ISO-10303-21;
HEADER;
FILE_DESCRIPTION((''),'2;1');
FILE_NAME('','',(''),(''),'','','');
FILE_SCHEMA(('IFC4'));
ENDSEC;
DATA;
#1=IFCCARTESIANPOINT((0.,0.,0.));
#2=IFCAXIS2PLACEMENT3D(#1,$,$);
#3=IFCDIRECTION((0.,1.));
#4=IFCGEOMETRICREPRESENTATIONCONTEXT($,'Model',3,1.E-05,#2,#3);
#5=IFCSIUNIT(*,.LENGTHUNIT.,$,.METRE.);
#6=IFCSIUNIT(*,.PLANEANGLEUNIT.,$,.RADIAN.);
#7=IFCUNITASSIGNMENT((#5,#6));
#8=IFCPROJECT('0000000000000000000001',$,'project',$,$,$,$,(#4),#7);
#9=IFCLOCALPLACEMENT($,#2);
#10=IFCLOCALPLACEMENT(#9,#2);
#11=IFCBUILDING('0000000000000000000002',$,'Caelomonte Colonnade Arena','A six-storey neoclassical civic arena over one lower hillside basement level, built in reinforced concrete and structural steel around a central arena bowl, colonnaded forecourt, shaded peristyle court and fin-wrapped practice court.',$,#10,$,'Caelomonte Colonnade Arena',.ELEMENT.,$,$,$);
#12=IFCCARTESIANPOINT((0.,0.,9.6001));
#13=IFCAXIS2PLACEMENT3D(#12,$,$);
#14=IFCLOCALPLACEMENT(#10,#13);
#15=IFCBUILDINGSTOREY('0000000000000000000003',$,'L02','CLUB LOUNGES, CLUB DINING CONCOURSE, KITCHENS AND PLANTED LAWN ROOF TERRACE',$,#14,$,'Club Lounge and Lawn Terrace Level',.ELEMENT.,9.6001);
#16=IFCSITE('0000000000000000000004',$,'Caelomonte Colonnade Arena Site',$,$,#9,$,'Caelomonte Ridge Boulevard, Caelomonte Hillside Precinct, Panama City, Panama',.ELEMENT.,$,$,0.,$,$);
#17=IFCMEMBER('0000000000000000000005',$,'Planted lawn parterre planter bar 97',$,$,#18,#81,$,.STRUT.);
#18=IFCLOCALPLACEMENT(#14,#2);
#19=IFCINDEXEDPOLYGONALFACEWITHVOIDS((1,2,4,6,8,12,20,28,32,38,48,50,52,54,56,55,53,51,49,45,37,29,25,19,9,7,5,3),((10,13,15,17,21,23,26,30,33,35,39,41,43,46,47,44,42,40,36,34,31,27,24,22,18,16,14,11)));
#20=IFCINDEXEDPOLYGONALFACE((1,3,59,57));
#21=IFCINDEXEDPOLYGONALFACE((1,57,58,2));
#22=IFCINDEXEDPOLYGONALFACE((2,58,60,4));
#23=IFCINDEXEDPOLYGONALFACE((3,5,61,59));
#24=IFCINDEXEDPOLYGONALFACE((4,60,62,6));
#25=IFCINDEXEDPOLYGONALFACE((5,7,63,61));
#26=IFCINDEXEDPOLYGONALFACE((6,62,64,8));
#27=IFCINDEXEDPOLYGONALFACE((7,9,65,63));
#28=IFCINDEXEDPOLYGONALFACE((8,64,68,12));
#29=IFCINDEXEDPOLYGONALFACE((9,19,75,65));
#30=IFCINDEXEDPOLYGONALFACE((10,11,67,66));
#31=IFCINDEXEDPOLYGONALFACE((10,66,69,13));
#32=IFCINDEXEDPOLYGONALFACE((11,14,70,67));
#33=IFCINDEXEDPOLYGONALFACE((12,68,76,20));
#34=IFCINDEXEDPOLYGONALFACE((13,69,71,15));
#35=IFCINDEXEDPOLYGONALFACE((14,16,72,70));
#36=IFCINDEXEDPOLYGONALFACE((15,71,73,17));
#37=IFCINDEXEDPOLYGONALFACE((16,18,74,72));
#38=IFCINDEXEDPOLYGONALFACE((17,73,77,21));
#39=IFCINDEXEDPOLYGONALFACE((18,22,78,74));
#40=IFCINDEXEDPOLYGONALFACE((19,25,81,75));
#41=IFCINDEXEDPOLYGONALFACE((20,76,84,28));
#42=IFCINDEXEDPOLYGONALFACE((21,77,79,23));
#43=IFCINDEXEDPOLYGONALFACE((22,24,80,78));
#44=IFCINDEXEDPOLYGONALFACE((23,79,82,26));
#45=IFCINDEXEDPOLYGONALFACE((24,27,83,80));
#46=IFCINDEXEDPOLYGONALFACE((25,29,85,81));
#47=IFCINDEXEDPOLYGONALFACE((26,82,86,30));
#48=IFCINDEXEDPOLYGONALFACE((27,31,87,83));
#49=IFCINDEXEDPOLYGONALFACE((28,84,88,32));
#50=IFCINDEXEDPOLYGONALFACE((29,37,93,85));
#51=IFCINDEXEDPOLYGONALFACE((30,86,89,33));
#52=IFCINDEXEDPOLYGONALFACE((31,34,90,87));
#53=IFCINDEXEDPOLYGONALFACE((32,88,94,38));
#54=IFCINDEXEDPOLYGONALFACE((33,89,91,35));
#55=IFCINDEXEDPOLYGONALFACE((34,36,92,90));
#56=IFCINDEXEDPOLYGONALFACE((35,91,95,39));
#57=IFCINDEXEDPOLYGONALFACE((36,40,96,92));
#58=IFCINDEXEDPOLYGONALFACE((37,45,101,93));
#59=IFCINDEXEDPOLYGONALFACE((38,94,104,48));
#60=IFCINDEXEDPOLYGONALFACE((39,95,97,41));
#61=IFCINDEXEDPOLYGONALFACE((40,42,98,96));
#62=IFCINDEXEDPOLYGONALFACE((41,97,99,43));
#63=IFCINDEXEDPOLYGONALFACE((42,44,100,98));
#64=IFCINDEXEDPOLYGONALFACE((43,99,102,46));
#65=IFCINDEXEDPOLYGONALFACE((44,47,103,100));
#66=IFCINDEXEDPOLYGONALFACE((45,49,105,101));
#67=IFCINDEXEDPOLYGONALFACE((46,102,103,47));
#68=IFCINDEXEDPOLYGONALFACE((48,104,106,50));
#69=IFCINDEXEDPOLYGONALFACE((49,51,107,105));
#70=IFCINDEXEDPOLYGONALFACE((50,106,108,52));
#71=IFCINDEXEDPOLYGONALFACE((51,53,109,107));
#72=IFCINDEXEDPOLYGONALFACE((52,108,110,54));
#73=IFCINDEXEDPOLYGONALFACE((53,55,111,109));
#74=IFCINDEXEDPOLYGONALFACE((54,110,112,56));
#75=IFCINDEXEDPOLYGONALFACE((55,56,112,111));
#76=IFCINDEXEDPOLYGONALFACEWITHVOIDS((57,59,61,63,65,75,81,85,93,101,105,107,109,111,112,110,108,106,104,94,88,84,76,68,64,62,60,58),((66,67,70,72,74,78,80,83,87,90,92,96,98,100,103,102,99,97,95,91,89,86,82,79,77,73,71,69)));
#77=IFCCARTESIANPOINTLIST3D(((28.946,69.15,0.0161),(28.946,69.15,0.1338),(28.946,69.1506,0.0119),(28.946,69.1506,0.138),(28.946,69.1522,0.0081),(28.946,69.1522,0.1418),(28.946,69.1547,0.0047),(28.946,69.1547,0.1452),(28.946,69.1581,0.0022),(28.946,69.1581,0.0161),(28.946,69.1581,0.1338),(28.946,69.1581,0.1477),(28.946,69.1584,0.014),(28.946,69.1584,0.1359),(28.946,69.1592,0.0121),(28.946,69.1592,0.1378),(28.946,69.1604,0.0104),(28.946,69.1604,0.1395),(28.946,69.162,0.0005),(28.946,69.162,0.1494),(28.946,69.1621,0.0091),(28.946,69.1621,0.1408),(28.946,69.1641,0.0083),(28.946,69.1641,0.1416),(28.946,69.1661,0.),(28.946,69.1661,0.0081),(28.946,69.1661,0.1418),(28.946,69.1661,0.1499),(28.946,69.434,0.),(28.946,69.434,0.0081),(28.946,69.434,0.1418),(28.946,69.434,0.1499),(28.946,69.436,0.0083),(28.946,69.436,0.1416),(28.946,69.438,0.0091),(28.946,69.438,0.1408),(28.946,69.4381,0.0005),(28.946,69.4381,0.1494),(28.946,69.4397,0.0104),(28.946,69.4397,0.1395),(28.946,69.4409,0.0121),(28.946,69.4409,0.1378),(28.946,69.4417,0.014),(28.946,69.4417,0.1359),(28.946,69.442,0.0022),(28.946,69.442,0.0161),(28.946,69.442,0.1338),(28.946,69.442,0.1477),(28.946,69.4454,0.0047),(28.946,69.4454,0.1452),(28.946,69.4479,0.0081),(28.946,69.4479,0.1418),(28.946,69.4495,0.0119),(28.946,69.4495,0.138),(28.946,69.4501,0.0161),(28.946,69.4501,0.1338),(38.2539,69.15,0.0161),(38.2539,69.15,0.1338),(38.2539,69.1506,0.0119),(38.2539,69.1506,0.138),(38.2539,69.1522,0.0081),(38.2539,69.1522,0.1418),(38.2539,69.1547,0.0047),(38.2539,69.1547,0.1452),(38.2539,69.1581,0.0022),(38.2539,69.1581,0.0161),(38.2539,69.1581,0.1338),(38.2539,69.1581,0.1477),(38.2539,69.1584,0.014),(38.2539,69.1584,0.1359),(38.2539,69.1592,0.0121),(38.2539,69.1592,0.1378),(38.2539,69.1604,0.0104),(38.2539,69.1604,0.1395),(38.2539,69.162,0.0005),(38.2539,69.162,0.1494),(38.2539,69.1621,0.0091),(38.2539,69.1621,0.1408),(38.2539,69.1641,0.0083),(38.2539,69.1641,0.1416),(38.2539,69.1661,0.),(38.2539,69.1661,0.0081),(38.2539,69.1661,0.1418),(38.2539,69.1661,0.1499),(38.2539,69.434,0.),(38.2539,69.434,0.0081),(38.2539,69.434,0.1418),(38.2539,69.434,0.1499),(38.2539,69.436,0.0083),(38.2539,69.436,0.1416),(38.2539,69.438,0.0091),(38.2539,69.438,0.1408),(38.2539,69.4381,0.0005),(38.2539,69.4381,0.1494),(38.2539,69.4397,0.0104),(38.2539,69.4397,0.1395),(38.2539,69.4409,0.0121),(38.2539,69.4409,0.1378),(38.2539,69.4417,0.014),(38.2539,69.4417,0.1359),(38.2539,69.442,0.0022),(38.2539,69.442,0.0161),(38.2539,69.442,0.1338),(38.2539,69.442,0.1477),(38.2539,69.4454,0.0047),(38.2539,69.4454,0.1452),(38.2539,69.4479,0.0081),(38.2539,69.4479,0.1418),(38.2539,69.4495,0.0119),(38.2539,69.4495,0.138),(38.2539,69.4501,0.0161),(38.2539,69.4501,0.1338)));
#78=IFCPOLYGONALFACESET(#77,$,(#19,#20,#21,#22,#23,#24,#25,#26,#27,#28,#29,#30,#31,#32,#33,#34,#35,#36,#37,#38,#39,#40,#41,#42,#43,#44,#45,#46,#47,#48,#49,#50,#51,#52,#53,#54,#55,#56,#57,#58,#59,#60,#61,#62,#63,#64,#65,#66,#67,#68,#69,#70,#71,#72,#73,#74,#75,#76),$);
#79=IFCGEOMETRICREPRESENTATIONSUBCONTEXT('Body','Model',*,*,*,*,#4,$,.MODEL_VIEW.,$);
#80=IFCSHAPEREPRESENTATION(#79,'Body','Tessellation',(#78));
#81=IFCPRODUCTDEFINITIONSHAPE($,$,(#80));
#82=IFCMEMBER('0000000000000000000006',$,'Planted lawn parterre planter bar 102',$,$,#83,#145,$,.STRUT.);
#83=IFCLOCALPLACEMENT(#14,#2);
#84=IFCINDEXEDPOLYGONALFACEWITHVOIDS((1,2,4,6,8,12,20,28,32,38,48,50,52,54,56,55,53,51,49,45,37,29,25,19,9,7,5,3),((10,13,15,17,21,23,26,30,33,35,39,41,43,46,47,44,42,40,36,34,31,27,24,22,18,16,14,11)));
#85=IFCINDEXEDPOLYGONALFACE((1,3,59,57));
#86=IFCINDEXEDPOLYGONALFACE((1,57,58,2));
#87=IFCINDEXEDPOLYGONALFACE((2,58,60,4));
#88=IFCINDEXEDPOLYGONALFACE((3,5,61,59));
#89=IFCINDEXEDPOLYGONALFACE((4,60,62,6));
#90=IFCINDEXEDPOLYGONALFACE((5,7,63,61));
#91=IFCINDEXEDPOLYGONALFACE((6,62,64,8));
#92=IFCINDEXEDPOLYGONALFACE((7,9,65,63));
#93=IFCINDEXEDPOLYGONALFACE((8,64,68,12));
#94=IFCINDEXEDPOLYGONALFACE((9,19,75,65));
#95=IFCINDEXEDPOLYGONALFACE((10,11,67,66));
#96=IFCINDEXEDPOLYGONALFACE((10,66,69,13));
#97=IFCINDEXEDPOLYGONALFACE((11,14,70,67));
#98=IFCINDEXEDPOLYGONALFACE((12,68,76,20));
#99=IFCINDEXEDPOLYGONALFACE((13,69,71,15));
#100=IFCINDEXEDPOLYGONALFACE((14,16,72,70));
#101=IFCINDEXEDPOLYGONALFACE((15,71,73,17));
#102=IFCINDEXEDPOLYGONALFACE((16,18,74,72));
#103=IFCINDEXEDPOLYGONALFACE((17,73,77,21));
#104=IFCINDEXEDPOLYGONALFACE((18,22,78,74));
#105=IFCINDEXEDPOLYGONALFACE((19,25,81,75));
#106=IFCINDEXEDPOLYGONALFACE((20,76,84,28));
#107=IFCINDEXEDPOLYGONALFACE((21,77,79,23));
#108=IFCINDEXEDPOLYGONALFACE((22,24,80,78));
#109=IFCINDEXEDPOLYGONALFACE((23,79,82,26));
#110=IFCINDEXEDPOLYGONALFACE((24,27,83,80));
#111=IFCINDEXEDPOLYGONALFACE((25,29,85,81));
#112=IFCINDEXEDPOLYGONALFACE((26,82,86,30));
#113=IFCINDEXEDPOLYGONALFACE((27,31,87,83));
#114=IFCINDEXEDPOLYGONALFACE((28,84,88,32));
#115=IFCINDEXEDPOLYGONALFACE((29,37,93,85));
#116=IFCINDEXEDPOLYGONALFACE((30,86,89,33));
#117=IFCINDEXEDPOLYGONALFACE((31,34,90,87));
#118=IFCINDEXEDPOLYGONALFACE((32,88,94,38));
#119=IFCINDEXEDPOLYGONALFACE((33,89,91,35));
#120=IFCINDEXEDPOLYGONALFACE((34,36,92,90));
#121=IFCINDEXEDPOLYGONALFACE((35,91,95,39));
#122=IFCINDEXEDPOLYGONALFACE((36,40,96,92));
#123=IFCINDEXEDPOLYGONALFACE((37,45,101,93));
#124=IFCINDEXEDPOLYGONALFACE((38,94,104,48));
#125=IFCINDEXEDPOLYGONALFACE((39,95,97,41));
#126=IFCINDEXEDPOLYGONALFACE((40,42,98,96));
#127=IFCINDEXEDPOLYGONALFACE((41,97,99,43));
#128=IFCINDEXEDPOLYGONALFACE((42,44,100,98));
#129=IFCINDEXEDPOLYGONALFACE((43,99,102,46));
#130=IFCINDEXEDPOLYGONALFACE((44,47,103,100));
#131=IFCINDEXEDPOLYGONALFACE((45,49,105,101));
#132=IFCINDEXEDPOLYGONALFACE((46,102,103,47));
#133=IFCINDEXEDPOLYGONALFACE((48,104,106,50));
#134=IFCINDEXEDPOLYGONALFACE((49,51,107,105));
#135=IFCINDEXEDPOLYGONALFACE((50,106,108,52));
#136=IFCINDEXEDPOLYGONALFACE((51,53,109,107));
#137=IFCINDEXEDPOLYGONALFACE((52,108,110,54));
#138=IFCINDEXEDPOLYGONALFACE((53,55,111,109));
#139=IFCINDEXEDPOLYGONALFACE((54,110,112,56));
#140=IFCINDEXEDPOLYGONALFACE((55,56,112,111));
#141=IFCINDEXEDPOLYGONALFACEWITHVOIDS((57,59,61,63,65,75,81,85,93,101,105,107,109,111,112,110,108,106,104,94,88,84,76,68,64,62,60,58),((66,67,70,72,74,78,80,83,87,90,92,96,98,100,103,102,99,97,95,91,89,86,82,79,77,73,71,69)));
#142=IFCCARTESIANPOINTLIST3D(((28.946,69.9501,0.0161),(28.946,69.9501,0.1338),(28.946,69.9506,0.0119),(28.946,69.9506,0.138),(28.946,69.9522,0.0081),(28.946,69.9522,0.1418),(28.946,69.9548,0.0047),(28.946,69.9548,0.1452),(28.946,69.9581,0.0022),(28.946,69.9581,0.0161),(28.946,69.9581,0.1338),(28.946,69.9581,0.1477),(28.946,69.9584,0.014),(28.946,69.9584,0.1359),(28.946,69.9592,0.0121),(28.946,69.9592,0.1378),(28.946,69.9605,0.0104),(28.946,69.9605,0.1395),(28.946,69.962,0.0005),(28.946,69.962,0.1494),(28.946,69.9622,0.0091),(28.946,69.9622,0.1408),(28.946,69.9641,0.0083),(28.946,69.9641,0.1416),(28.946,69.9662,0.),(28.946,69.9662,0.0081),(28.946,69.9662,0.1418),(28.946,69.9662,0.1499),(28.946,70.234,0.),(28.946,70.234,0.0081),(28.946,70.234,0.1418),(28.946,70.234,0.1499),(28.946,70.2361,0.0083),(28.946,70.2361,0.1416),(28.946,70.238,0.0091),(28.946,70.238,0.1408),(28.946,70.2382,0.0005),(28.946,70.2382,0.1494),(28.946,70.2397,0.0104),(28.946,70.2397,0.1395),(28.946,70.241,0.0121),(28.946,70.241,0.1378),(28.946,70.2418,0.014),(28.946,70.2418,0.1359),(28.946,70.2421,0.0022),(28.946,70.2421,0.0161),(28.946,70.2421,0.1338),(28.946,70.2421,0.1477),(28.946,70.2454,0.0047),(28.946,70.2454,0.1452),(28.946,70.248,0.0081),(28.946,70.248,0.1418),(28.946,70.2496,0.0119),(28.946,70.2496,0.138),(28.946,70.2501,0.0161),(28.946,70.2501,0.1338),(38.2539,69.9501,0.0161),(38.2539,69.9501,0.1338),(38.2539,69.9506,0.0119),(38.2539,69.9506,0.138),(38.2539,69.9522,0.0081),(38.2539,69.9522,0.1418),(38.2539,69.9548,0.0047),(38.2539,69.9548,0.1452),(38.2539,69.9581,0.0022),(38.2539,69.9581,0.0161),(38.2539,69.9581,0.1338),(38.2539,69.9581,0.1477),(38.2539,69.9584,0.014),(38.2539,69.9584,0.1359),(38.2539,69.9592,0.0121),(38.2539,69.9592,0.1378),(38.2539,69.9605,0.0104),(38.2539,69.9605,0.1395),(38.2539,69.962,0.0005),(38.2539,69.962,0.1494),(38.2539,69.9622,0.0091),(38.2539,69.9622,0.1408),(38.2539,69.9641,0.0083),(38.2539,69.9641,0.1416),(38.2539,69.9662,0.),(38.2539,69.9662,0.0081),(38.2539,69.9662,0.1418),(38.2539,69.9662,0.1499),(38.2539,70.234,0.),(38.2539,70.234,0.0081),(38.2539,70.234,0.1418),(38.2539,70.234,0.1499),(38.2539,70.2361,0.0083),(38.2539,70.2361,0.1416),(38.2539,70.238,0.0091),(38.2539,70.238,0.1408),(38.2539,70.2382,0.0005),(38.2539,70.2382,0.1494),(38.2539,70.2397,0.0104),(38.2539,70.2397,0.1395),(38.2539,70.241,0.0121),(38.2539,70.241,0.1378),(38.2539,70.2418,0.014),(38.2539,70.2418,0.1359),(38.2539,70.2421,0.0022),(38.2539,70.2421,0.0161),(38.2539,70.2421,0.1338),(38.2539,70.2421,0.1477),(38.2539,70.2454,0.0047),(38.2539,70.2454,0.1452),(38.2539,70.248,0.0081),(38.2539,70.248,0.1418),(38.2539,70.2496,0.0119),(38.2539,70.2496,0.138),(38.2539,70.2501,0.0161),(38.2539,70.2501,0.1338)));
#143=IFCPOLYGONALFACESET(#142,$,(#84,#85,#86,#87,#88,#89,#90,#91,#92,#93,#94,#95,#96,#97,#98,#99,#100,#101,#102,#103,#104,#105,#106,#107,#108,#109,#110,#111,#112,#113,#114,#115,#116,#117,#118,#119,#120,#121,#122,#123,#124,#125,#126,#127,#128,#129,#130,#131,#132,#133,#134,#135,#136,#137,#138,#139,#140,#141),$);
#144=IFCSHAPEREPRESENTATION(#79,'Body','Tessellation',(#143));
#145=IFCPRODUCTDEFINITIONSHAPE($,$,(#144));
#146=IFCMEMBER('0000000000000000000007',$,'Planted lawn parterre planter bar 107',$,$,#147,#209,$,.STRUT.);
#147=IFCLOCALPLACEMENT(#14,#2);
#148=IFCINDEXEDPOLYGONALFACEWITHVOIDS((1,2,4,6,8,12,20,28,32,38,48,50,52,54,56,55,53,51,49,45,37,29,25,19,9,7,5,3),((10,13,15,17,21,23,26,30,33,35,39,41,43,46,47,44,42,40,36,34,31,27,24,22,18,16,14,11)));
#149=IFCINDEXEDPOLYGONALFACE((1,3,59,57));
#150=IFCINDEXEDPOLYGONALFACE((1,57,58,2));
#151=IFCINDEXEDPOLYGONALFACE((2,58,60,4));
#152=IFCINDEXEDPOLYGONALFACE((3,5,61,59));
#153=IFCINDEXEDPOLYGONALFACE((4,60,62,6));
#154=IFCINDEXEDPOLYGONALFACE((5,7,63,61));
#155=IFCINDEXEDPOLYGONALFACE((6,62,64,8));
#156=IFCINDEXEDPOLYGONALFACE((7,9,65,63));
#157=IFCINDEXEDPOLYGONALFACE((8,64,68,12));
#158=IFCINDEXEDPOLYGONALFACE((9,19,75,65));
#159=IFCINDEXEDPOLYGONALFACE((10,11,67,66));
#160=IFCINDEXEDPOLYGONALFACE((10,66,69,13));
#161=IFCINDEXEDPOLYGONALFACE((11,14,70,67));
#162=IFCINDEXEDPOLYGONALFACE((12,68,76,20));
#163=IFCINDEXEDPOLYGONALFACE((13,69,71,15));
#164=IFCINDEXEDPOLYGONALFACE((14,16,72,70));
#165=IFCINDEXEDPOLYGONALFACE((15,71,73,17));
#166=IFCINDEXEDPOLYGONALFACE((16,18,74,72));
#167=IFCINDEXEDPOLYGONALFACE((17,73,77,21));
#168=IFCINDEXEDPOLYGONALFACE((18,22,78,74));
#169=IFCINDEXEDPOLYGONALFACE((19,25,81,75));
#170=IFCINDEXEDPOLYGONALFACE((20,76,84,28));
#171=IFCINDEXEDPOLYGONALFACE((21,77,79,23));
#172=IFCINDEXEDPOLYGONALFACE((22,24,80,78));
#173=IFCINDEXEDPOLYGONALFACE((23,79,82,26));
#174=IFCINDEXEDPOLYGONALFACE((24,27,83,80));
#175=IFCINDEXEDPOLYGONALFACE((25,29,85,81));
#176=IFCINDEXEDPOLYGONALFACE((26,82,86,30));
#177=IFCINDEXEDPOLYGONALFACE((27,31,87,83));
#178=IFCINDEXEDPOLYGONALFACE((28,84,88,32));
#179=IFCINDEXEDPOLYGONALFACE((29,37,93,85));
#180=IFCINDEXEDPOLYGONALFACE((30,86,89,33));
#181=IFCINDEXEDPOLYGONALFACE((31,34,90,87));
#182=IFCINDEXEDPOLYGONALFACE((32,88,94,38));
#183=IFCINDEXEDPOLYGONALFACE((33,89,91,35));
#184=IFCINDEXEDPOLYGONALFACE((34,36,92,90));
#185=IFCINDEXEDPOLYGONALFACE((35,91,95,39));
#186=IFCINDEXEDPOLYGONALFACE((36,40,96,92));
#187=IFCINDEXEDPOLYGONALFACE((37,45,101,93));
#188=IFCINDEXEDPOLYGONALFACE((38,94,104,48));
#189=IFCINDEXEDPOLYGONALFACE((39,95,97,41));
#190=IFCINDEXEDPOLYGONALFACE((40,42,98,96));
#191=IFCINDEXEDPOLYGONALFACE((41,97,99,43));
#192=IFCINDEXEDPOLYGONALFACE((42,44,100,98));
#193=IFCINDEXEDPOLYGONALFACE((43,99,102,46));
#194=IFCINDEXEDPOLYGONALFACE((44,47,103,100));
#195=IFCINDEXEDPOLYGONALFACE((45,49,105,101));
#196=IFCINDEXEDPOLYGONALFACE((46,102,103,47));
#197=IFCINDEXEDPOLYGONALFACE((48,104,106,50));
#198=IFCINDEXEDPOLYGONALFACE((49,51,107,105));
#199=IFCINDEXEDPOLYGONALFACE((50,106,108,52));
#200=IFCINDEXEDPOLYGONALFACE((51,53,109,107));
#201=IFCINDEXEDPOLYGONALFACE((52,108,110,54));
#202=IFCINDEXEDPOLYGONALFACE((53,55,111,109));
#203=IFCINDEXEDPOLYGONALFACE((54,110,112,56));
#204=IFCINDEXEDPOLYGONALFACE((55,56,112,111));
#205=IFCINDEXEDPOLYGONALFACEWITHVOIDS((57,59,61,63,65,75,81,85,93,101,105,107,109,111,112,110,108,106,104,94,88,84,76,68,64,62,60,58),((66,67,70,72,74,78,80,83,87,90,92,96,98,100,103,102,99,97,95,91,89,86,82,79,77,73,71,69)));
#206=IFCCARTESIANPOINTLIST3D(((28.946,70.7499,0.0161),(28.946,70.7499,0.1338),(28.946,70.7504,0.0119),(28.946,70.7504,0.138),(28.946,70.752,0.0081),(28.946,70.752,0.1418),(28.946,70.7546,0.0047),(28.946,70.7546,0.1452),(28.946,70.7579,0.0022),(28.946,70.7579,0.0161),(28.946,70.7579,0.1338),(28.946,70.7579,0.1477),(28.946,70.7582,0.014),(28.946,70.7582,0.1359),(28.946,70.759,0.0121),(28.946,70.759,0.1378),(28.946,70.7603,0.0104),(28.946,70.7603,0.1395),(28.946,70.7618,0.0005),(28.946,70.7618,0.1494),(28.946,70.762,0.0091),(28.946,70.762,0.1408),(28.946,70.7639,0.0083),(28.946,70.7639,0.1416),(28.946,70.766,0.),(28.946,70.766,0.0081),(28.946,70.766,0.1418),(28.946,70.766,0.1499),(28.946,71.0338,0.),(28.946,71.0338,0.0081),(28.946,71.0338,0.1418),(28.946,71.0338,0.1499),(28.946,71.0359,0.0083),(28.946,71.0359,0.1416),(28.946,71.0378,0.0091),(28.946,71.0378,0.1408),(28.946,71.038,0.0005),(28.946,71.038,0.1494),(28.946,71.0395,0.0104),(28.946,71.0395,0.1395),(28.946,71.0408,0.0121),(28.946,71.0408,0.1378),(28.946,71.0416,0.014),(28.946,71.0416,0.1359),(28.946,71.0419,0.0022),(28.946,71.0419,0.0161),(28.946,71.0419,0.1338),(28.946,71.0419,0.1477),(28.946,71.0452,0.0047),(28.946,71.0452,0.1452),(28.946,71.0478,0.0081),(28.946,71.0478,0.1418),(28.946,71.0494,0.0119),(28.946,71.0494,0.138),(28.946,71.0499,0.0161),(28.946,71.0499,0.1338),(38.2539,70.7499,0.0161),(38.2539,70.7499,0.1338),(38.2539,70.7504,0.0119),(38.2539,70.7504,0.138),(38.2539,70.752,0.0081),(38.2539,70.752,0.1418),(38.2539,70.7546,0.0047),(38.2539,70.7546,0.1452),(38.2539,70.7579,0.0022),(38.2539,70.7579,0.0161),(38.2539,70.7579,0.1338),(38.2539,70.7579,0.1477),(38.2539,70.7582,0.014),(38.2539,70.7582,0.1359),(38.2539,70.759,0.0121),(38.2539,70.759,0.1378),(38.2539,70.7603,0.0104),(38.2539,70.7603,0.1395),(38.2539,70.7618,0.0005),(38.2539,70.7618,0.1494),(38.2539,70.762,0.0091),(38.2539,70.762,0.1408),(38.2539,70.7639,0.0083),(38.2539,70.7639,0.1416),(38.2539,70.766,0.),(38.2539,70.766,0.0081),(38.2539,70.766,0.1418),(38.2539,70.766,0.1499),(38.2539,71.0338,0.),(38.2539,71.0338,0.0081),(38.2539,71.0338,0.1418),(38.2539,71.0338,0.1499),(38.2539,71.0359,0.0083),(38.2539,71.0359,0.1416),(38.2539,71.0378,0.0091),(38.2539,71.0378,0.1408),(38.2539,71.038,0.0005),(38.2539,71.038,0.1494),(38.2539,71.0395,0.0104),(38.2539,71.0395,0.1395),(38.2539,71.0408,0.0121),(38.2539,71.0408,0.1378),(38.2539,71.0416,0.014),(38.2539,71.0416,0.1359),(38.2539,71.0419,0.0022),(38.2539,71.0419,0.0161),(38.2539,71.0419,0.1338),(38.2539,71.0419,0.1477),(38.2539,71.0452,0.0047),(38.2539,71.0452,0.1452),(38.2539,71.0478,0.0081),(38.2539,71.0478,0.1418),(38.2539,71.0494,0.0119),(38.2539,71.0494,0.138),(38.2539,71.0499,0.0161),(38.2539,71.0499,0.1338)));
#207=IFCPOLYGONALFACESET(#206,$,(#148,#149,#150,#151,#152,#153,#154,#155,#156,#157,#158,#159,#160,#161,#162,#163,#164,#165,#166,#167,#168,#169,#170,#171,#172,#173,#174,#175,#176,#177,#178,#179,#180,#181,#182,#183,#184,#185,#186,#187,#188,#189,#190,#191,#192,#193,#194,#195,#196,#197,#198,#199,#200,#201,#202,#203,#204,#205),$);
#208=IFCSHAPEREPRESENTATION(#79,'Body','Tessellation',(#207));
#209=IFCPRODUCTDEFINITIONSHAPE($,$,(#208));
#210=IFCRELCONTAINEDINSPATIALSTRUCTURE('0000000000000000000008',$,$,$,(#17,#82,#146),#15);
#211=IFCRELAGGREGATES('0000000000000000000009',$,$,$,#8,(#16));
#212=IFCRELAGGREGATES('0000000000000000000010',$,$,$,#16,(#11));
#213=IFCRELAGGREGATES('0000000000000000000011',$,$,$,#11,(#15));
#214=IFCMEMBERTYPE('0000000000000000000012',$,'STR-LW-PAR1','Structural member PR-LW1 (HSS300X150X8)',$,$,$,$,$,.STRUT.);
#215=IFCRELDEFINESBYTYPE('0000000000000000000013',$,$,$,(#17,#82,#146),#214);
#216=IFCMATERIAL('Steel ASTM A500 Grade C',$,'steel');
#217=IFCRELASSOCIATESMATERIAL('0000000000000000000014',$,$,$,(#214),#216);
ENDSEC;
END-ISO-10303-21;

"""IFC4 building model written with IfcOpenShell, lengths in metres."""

from ifc_helpers import new_model, si_unit, direction, frame, origin, origin_2d, place, context, subcontext, project, spatial, hollow_rectangle, extrude, material, material_profile, profile_set, type_object, element, save


model = new_model("IFC4")

# Units and contexts
model_context = context("Model", 3, precision=1e-05, world=origin(), true_north=direction((0.0, 1.0)))
body_context = subcontext(model_context, "Body", "Model", "MODEL_VIEW")
ifc_project = project(units=[si_unit("LENGTHUNIT", "METRE"), si_unit("PLANEANGLEUNIT", "RADIAN")], contexts=[model_context])

# Site, building, storey
site_placement = place(None, origin())
site = spatial("IfcSite", under=ifc_project, at=site_placement, Name="Caelomonte Colonnade Arena Site", LongName="Caelomonte Ridge Boulevard, Caelomonte Hillside Precinct, Panama City, Panama", CompositionType="ELEMENT", RefElevation=0.0)
building_placement = place(site_placement, origin())
building = spatial("IfcBuilding", under=site, at=building_placement, Name="Caelomonte Colonnade Arena", Description="A six-storey neoclassical civic arena over one lower hillside basement level, built in reinforced concrete and structural steel around a central arena bowl, colonnaded forecourt, shaded peristyle court and fin-wrapped practice court.", LongName="Caelomonte Colonnade Arena", CompositionType="ELEMENT")
storey_placement = place(building_placement, frame((0.0, 0.0, 9.6001)))
storey = spatial("IfcBuildingStorey", under=building, at=storey_placement, Name="L02", Description="CLUB LOUNGES, CLUB DINING CONCOURSE, KITCHENS AND PLANTED LAWN ROOF TERRACE", LongName="Club Lounge and Lawn Terrace Level", CompositionType="ELEMENT", Elevation=9.6001)

# Members
ifc_material_1 = material(Name="Steel ASTM A500 Grade C", Category="steel")
ifc_material_profile_1 = material_profile(ifc_material_1, hollow_rectangle(XDim=0.3, YDim=0.1499, WallThickness=0.0081, InnerFilletRadius=0.0081, OuterFilletRadius=0.0161, at=origin_2d()), Name="HSS300X150X8")
ifc_profile_set_1 = profile_set([ifc_material_profile_1], Name="Steel ASTM A500 Grade C")
member_type = type_object("IfcMemberType", Name="STR-LW-PAR1", Description="Structural member PR-LW1 (HSS300X150X8)", PredefinedType="STRUT", material=ifc_profile_set_1)
for number, where, z_axis, x_axis, name in (
    (1, (28.946, 69.3, 0.075), (1.0, 0.0, 0.0), (0.0, 1.0, 0.0), "Planted lawn parterre planter bar 97"),
    (2, (28.946, 70.1001, 0.075), (1.0, 0.0, 0.0), (0.0, 1.0, 0.0), "Planted lawn parterre planter bar 102"),
    (3, (28.946, 70.8999, 0.075), (1.0, 0.0, 0.0), (0.0, 1.0, 0.0), "Planted lawn parterre planter bar 107"),
):
    element("IfcMember", number, at=place(storey_placement, frame(where, z_axis=z_axis, x_axis=x_axis)), inside=storey, type_object=member_type, Name=name, PredefinedType="STRUT", context=body_context, shape_type="SweptSolid", body=[
        extrude(hollow_rectangle(XDim=0.3, YDim=0.1499, WallThickness=0.0081, InnerFilletRadius=0.0081, OuterFilletRadius=0.0161, at=origin_2d()), origin(), (0.0, 0.0, 1.0), 9.3079),
    ])

save(model, "model.ifc")
